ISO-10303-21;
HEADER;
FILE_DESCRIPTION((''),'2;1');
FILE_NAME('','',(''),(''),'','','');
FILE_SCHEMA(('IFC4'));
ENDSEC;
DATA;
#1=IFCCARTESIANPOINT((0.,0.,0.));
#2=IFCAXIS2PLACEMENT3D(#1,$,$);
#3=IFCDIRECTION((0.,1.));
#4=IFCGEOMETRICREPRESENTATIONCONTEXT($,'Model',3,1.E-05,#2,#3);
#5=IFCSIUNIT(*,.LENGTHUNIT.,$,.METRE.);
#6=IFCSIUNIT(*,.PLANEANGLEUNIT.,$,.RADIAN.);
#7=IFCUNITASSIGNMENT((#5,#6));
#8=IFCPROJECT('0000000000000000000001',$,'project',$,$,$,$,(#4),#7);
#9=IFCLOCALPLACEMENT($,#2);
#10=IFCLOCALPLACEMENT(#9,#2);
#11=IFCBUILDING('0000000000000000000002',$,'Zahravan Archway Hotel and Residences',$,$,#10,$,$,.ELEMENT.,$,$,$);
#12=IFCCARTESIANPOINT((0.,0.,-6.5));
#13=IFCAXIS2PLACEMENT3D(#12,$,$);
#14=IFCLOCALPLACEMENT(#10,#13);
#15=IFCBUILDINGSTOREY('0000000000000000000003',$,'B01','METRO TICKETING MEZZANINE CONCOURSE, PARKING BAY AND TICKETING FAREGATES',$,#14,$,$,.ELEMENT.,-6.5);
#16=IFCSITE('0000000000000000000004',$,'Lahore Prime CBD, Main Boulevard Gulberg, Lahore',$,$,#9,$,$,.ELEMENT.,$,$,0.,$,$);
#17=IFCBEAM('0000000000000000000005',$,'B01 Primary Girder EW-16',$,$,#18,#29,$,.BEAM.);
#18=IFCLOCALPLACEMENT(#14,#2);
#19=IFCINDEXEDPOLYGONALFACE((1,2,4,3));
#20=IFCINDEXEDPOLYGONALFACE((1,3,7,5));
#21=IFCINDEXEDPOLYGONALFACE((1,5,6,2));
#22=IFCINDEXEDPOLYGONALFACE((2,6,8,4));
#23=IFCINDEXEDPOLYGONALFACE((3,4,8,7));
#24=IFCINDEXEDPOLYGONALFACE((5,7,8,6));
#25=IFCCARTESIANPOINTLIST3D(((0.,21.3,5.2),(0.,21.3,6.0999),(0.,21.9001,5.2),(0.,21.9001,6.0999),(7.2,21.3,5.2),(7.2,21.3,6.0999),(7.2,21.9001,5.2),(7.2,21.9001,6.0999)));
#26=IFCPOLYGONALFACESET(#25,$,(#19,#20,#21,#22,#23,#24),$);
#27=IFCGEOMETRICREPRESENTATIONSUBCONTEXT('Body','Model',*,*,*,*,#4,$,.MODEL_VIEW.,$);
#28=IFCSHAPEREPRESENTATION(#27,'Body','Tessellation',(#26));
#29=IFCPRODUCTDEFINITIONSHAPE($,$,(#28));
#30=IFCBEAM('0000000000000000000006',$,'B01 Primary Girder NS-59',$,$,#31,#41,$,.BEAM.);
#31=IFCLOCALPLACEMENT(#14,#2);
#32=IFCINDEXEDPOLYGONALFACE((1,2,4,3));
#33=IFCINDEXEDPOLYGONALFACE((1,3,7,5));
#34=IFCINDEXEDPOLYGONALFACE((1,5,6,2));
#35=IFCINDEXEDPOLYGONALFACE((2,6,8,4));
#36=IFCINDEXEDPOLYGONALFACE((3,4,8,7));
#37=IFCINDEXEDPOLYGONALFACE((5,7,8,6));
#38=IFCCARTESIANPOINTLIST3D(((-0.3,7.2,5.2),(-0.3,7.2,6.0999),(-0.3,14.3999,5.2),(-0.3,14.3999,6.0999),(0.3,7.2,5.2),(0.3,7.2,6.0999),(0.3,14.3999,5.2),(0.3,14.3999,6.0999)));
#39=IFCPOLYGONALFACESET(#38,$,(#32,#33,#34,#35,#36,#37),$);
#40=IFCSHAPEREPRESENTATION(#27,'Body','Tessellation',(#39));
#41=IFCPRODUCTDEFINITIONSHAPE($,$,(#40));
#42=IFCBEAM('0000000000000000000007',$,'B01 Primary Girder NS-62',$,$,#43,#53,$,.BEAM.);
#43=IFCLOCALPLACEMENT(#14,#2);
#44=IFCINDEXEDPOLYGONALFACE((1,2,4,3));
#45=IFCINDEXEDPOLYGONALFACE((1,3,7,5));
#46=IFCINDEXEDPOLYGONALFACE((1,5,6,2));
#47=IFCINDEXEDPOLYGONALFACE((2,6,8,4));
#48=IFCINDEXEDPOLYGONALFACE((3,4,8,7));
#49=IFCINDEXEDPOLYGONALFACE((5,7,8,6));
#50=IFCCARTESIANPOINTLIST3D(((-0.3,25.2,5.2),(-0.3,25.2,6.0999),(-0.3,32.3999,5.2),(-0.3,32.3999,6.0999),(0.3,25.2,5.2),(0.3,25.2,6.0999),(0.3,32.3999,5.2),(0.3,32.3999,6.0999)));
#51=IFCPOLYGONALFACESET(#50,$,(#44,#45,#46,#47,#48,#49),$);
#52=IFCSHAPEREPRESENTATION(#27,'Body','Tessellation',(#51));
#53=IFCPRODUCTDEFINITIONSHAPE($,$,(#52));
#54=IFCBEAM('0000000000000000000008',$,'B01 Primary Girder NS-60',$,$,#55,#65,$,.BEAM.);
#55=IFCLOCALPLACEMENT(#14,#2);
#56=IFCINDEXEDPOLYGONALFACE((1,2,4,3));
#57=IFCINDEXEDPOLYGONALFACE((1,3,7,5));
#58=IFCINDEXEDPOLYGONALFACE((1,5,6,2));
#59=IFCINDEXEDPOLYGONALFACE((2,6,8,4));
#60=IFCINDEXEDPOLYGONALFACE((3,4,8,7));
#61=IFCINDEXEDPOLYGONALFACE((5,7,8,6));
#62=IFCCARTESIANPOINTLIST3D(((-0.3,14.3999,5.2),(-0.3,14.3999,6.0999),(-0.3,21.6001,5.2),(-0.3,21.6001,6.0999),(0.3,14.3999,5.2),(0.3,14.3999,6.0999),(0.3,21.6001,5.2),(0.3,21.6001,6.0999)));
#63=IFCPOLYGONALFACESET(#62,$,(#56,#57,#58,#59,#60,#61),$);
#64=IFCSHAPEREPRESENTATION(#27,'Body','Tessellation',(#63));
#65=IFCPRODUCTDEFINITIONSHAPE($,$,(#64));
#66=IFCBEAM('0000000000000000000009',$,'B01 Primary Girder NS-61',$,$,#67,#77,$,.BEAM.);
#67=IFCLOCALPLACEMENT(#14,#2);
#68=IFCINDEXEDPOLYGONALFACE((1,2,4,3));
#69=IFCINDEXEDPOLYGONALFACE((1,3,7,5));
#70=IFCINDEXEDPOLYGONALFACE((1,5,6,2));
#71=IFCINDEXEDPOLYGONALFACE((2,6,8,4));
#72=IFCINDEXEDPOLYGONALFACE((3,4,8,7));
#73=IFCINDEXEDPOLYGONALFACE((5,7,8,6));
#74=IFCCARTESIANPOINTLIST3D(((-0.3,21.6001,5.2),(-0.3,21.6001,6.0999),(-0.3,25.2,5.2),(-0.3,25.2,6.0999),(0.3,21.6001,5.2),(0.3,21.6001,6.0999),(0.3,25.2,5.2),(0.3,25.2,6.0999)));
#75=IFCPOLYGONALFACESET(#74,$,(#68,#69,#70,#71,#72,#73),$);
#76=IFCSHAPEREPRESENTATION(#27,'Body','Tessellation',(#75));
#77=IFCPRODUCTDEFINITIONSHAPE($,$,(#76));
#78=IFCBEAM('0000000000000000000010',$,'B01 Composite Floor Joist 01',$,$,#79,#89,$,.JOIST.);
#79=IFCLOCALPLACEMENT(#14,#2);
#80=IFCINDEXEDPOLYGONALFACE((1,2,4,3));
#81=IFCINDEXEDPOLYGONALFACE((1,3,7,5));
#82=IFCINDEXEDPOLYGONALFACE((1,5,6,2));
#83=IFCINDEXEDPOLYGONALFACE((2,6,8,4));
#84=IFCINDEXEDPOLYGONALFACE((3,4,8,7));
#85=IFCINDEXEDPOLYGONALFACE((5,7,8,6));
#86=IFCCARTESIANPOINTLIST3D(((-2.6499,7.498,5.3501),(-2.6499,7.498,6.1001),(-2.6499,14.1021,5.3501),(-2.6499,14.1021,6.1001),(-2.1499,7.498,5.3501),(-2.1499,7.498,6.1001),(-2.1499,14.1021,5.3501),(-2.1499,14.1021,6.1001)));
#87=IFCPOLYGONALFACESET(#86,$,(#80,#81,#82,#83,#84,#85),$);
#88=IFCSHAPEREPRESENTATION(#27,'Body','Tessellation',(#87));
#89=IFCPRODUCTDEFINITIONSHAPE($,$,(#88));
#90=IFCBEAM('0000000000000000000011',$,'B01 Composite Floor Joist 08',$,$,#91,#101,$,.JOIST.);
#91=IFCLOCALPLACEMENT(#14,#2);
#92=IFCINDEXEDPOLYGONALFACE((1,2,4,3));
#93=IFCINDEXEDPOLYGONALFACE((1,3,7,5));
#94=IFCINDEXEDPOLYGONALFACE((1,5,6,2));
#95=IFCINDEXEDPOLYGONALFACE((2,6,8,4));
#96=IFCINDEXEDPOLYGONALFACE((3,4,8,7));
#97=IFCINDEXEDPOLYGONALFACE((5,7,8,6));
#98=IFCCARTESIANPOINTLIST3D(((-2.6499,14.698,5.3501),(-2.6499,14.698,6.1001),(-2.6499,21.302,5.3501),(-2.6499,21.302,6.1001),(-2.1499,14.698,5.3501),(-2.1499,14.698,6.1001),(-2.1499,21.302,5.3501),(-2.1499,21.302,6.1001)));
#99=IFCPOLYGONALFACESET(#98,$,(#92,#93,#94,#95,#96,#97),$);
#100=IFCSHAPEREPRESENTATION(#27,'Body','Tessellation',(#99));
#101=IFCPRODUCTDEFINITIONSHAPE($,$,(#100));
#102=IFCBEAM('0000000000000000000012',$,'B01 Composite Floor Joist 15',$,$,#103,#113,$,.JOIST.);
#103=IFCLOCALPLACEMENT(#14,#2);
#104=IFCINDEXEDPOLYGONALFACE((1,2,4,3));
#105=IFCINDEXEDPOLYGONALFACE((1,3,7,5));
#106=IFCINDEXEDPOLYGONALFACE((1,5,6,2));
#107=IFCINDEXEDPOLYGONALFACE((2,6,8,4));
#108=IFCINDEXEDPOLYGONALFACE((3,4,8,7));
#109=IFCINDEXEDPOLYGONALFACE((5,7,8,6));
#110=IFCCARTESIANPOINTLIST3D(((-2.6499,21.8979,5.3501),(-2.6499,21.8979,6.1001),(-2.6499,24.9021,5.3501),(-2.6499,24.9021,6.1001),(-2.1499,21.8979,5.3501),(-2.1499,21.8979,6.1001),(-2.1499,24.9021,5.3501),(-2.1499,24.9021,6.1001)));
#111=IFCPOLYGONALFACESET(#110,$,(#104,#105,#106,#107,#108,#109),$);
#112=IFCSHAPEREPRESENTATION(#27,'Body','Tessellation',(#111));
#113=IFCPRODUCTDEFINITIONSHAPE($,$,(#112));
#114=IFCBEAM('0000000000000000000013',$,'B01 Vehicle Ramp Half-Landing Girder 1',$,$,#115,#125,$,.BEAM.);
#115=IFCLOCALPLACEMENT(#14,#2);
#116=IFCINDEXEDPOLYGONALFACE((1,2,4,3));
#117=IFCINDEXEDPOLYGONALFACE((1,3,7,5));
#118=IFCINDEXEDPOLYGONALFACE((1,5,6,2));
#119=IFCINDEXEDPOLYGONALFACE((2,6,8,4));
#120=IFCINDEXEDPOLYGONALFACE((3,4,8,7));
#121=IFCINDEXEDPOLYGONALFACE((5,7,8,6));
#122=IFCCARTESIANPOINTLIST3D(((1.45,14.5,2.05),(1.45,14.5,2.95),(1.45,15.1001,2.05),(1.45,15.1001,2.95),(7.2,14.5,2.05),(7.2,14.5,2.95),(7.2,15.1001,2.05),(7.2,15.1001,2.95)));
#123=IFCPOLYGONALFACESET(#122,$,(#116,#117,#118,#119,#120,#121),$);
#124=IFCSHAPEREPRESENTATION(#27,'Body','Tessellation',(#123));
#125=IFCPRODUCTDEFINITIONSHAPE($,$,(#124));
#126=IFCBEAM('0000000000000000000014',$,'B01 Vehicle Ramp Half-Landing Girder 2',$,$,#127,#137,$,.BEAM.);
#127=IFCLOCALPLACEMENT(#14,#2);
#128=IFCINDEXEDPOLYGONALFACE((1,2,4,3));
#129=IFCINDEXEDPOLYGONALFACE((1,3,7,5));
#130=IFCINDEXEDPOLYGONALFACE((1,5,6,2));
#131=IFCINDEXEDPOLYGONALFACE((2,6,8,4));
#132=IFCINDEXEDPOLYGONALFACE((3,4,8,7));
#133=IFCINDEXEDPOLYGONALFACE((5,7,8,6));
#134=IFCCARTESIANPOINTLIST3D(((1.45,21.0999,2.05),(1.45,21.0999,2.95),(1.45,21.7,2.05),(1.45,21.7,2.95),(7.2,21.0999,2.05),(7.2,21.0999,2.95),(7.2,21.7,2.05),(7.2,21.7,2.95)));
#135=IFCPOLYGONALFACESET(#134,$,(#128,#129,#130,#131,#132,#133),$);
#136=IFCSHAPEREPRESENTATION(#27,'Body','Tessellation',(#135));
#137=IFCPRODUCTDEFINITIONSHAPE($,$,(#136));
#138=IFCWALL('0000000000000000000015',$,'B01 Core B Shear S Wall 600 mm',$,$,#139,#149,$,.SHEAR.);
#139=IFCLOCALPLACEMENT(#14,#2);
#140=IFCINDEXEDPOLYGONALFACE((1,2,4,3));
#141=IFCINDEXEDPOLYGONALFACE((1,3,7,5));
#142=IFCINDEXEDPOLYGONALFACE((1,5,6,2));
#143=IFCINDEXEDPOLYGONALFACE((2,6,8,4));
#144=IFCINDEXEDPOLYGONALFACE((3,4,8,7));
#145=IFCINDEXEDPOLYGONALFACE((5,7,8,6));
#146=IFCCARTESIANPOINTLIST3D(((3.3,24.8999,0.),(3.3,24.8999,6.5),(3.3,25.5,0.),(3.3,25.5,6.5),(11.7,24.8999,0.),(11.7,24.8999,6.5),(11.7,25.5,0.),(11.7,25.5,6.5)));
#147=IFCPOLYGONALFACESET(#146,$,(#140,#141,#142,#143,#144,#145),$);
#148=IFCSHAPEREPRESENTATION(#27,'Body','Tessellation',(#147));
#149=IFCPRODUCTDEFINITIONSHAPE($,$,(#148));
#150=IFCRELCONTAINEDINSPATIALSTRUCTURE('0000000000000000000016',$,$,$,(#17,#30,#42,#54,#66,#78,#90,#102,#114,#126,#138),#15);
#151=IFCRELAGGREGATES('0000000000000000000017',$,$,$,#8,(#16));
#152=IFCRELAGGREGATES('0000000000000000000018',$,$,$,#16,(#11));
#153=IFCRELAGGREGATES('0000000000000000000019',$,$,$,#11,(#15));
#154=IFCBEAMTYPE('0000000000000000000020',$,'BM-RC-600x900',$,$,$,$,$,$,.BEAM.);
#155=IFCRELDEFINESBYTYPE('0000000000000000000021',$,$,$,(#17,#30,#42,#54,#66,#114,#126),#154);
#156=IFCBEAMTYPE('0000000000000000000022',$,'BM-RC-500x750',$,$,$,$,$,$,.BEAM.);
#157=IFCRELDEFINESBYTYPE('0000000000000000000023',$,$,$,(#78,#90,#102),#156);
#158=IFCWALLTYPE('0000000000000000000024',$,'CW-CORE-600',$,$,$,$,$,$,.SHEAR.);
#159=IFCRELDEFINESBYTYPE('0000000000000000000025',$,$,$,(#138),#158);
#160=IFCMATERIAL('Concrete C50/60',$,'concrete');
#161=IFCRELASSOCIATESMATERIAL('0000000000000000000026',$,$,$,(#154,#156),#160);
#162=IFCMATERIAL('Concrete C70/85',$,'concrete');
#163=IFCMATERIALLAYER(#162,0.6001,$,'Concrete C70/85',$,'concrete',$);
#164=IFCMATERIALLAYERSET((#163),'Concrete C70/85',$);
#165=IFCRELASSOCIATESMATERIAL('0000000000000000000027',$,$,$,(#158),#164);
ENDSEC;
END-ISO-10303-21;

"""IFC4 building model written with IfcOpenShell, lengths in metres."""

from ifc_helpers import new_model, si_unit, direction, frame, frame_2d, origin, origin_2d, place, context, subcontext, project, spatial, rectangle, extrude, source, transform, mapped, material, layer, layer_set, material_profile, profile_set, type_object, type_shapes, element, save


model = new_model("IFC4")

# Units and contexts
model_context = context("Model", 3, precision=1e-05, world=origin(), true_north=direction((0.0, 1.0)))
body_context = subcontext(model_context, "Body", "Model", "MODEL_VIEW")
ifc_project = project(units=[si_unit("LENGTHUNIT", "METRE"), si_unit("PLANEANGLEUNIT", "RADIAN")], contexts=[model_context])

# Site, building, storey
site_placement = place(None, origin())
site = spatial("IfcSite", under=ifc_project, at=site_placement, Name="Lahore Prime CBD, Main Boulevard Gulberg, Lahore", CompositionType="ELEMENT", RefElevation=0.0)
building_placement = place(site_placement, origin())
building = spatial("IfcBuilding", under=site, at=building_placement, Name="Zahravan Archway Hotel and Residences", CompositionType="ELEMENT")
storey_placement = place(building_placement, frame((0.0, 0.0, -6.5)))
storey = spatial("IfcBuildingStorey", under=building, at=storey_placement, Name="B01", Description="METRO TICKETING MEZZANINE CONCOURSE, PARKING BAY AND TICKETING FAREGATES", CompositionType="ELEMENT", Elevation=-6.5)

# Shared definitions
ifc_material_1 = material(Name="Concrete C70/85", Category="concrete")
ifc_material_2 = material(Name="Concrete C50/60", Category="concrete")

# Beams
ifc_material_profile_1 = material_profile(ifc_material_2, rectangle(XDim=0.6001, YDim=0.8999, at=origin_2d()), Name="RC-BM-600x900", Category="concrete")
ifc_profile_set_1 = profile_set([ifc_material_profile_1], Name="Concrete C50/60")
beam_type_1 = type_object("IfcBeamType", Name="BM-RC-600x900", PredefinedType="BEAM", material=ifc_profile_set_1)
shared_shape_1 = source(origin(), body_context, "Body", "SweptSolid", [
    extrude(rectangle(XDim=0.6001, YDim=0.8999, at=origin_2d()), origin(), (0.0, 0.0, 1.0), 7.2),
])
for number, where, z_axis, x_axis, name in (
    (1, (0.0, 21.6001, 5.6499), (1.0, 0.0, 0.0), (0.0, 1.0, 0.0), "B01 Primary Girder EW-16"),
    (2, (0.0, 7.2, 5.6499), (0.0, 1.0, 0.0), (-1.0, 0.0, 0.0), "B01 Primary Girder NS-59"),
    (3, (0.0, 25.2, 5.6499), (0.0, 1.0, 0.0), (-1.0, 0.0, 0.0), "B01 Primary Girder NS-62"),
):
    element("IfcBeam", number, at=place(storey_placement, frame(where, z_axis=z_axis, x_axis=x_axis)), inside=storey, type_object=beam_type_1, Name=name, PredefinedType="BEAM", context=body_context, shape_type="MappedRepresentation", body=[
        mapped(shared_shape_1, transform((0.0, 0.0, 0.0), scale=1.0)),
    ])
shared_shape_2 = source(origin(), body_context, "Body", "SweptSolid", [
    extrude(rectangle(XDim=0.6001, YDim=0.8999, at=origin_2d()), origin(), (0.0, 0.0, 1.0), 7.2002),
])
beam_1_placement = place(storey_placement, frame((0.0, 14.3999, 5.6499), z_axis=(0.0, 1.0, 0.0), x_axis=(-1.0, 0.0, 0.0)))
element("IfcBeam", 4, at=beam_1_placement, inside=storey, type_object=beam_type_1, Name="B01 Primary Girder NS-60", PredefinedType="BEAM", context=body_context, shape_type="MappedRepresentation", body=[
    mapped(shared_shape_2, transform((0.0, 0.0, 0.0), scale=1.0)),
])
shared_shape_3 = source(origin(), body_context, "Body", "SweptSolid", [
    extrude(rectangle(XDim=0.6001, YDim=0.8999, at=origin_2d()), origin(), (0.0, 0.0, 1.0), 3.5999),
])
beam_2_placement = place(storey_placement, frame((0.0, 21.6001, 5.6499), z_axis=(0.0, 1.0, 0.0), x_axis=(-1.0, 0.0, 0.0)))
element("IfcBeam", 5, at=beam_2_placement, inside=storey, type_object=beam_type_1, Name="B01 Primary Girder NS-61", PredefinedType="BEAM", context=body_context, shape_type="MappedRepresentation", body=[
    mapped(shared_shape_3, transform((0.0, 0.0, 0.0), scale=1.0)),
])
ifc_material_profile_2 = material_profile(ifc_material_2, rectangle(XDim=0.5, YDim=0.75, at=origin_2d()), Name="RC-BM-500x750", Category="concrete")
ifc_profile_set_2 = profile_set([ifc_material_profile_2], Name="Concrete C50/60")
beam_type_2 = type_object("IfcBeamType", Name="BM-RC-500x750", PredefinedType="BEAM", material=ifc_profile_set_2)
shared_shape_4 = source(origin(), body_context, "Body", "SweptSolid", [
    extrude(rectangle(XDim=0.5, YDim=0.75, at=origin_2d()), origin(), (0.0, 0.0, 1.0), 6.604),
])
type_shapes(beam_type_2, [shared_shape_4])
for number, where, z_axis, x_axis, name in (
    (6, (-2.3999, 7.498, 5.7251), (0.0, 1.0, 0.0), (-1.0, 0.0, 0.0), "B01 Composite Floor Joist 01"),
    (7, (-2.3999, 14.698, 5.7251), (0.0, 1.0, 0.0), (-1.0, 0.0, 0.0), "B01 Composite Floor Joist 08"),
):
    element("IfcBeam", number, at=place(storey_placement, frame(where, z_axis=z_axis, x_axis=x_axis)), inside=storey, type_object=beam_type_2, Name=name, PredefinedType="JOIST", context=body_context, shape_type="MappedRepresentation", body=[
        mapped(shared_shape_4, transform((0.0, 0.0, 0.0), scale=1.0)),
    ])
shared_shape_5 = source(origin(), body_context, "Body", "SweptSolid", [
    extrude(rectangle(XDim=0.5, YDim=0.75, at=origin_2d()), origin(), (0.0, 0.0, 1.0), 3.0042),
])
beam_3_placement = place(storey_placement, frame((-2.3999, 21.8979, 5.7251), z_axis=(0.0, 1.0, 0.0), x_axis=(-1.0, 0.0, 0.0)))
element("IfcBeam", 8, at=beam_3_placement, inside=storey, type_object=beam_type_2, Name="B01 Composite Floor Joist 15", PredefinedType="JOIST", context=body_context, shape_type="MappedRepresentation", body=[
    mapped(shared_shape_5, transform((0.0, 0.0, 0.0), scale=1.0)),
])
shared_shape_6 = source(origin(), body_context, "Body", "SweptSolid", [
    extrude(rectangle(XDim=0.6001, YDim=0.8999, at=origin_2d()), origin(), (0.0, 0.0, 1.0), 5.75),
])
for number, where, z_axis, x_axis, name in (
    (9, (1.45, 14.8, 2.5), (1.0, 0.0, 0.0), (0.0, 1.0, 0.0), "B01 Vehicle Ramp Half-Landing Girder 1"),
    (10, (1.45, 21.3999, 2.5), (1.0, 0.0, 0.0), (0.0, 1.0, 0.0), "B01 Vehicle Ramp Half-Landing Girder 2"),
):
    element("IfcBeam", number, at=place(storey_placement, frame(where, z_axis=z_axis, x_axis=x_axis)), inside=storey, type_object=beam_type_1, Name=name, PredefinedType="BEAM", context=body_context, shape_type="MappedRepresentation", body=[
        mapped(shared_shape_6, transform((0.0, 0.0, 0.0), scale=1.0)),
    ])

# Wall
ifc_layer = layer(ifc_material_1, 0.6001, Name="Concrete C70/85", Category="concrete")
ifc_layer_set = layer_set([ifc_layer], Name="Concrete C70/85")
wall_type = type_object("IfcWallType", Name="CW-CORE-600", PredefinedType="SHEAR", material=ifc_layer_set)
wall_placement = place(storey_placement, frame((3.3, 25.2, 0.0), z_axis=(0.0, 0.0, 1.0), x_axis=(1.0, 0.0, 0.0)))
element("IfcWall", 11, at=wall_placement, inside=storey, type_object=wall_type, Name="B01 Core B Shear S Wall 600 mm", PredefinedType="SHEAR", context=body_context, shape_type="SweptSolid", body=[
    extrude(rectangle(XDim=8.3999, YDim=0.6001, at=frame_2d((4.2, 0.0))), origin(), (0.0, 0.0, 1.0), 6.5),
])

save(model, "model.ifc")
